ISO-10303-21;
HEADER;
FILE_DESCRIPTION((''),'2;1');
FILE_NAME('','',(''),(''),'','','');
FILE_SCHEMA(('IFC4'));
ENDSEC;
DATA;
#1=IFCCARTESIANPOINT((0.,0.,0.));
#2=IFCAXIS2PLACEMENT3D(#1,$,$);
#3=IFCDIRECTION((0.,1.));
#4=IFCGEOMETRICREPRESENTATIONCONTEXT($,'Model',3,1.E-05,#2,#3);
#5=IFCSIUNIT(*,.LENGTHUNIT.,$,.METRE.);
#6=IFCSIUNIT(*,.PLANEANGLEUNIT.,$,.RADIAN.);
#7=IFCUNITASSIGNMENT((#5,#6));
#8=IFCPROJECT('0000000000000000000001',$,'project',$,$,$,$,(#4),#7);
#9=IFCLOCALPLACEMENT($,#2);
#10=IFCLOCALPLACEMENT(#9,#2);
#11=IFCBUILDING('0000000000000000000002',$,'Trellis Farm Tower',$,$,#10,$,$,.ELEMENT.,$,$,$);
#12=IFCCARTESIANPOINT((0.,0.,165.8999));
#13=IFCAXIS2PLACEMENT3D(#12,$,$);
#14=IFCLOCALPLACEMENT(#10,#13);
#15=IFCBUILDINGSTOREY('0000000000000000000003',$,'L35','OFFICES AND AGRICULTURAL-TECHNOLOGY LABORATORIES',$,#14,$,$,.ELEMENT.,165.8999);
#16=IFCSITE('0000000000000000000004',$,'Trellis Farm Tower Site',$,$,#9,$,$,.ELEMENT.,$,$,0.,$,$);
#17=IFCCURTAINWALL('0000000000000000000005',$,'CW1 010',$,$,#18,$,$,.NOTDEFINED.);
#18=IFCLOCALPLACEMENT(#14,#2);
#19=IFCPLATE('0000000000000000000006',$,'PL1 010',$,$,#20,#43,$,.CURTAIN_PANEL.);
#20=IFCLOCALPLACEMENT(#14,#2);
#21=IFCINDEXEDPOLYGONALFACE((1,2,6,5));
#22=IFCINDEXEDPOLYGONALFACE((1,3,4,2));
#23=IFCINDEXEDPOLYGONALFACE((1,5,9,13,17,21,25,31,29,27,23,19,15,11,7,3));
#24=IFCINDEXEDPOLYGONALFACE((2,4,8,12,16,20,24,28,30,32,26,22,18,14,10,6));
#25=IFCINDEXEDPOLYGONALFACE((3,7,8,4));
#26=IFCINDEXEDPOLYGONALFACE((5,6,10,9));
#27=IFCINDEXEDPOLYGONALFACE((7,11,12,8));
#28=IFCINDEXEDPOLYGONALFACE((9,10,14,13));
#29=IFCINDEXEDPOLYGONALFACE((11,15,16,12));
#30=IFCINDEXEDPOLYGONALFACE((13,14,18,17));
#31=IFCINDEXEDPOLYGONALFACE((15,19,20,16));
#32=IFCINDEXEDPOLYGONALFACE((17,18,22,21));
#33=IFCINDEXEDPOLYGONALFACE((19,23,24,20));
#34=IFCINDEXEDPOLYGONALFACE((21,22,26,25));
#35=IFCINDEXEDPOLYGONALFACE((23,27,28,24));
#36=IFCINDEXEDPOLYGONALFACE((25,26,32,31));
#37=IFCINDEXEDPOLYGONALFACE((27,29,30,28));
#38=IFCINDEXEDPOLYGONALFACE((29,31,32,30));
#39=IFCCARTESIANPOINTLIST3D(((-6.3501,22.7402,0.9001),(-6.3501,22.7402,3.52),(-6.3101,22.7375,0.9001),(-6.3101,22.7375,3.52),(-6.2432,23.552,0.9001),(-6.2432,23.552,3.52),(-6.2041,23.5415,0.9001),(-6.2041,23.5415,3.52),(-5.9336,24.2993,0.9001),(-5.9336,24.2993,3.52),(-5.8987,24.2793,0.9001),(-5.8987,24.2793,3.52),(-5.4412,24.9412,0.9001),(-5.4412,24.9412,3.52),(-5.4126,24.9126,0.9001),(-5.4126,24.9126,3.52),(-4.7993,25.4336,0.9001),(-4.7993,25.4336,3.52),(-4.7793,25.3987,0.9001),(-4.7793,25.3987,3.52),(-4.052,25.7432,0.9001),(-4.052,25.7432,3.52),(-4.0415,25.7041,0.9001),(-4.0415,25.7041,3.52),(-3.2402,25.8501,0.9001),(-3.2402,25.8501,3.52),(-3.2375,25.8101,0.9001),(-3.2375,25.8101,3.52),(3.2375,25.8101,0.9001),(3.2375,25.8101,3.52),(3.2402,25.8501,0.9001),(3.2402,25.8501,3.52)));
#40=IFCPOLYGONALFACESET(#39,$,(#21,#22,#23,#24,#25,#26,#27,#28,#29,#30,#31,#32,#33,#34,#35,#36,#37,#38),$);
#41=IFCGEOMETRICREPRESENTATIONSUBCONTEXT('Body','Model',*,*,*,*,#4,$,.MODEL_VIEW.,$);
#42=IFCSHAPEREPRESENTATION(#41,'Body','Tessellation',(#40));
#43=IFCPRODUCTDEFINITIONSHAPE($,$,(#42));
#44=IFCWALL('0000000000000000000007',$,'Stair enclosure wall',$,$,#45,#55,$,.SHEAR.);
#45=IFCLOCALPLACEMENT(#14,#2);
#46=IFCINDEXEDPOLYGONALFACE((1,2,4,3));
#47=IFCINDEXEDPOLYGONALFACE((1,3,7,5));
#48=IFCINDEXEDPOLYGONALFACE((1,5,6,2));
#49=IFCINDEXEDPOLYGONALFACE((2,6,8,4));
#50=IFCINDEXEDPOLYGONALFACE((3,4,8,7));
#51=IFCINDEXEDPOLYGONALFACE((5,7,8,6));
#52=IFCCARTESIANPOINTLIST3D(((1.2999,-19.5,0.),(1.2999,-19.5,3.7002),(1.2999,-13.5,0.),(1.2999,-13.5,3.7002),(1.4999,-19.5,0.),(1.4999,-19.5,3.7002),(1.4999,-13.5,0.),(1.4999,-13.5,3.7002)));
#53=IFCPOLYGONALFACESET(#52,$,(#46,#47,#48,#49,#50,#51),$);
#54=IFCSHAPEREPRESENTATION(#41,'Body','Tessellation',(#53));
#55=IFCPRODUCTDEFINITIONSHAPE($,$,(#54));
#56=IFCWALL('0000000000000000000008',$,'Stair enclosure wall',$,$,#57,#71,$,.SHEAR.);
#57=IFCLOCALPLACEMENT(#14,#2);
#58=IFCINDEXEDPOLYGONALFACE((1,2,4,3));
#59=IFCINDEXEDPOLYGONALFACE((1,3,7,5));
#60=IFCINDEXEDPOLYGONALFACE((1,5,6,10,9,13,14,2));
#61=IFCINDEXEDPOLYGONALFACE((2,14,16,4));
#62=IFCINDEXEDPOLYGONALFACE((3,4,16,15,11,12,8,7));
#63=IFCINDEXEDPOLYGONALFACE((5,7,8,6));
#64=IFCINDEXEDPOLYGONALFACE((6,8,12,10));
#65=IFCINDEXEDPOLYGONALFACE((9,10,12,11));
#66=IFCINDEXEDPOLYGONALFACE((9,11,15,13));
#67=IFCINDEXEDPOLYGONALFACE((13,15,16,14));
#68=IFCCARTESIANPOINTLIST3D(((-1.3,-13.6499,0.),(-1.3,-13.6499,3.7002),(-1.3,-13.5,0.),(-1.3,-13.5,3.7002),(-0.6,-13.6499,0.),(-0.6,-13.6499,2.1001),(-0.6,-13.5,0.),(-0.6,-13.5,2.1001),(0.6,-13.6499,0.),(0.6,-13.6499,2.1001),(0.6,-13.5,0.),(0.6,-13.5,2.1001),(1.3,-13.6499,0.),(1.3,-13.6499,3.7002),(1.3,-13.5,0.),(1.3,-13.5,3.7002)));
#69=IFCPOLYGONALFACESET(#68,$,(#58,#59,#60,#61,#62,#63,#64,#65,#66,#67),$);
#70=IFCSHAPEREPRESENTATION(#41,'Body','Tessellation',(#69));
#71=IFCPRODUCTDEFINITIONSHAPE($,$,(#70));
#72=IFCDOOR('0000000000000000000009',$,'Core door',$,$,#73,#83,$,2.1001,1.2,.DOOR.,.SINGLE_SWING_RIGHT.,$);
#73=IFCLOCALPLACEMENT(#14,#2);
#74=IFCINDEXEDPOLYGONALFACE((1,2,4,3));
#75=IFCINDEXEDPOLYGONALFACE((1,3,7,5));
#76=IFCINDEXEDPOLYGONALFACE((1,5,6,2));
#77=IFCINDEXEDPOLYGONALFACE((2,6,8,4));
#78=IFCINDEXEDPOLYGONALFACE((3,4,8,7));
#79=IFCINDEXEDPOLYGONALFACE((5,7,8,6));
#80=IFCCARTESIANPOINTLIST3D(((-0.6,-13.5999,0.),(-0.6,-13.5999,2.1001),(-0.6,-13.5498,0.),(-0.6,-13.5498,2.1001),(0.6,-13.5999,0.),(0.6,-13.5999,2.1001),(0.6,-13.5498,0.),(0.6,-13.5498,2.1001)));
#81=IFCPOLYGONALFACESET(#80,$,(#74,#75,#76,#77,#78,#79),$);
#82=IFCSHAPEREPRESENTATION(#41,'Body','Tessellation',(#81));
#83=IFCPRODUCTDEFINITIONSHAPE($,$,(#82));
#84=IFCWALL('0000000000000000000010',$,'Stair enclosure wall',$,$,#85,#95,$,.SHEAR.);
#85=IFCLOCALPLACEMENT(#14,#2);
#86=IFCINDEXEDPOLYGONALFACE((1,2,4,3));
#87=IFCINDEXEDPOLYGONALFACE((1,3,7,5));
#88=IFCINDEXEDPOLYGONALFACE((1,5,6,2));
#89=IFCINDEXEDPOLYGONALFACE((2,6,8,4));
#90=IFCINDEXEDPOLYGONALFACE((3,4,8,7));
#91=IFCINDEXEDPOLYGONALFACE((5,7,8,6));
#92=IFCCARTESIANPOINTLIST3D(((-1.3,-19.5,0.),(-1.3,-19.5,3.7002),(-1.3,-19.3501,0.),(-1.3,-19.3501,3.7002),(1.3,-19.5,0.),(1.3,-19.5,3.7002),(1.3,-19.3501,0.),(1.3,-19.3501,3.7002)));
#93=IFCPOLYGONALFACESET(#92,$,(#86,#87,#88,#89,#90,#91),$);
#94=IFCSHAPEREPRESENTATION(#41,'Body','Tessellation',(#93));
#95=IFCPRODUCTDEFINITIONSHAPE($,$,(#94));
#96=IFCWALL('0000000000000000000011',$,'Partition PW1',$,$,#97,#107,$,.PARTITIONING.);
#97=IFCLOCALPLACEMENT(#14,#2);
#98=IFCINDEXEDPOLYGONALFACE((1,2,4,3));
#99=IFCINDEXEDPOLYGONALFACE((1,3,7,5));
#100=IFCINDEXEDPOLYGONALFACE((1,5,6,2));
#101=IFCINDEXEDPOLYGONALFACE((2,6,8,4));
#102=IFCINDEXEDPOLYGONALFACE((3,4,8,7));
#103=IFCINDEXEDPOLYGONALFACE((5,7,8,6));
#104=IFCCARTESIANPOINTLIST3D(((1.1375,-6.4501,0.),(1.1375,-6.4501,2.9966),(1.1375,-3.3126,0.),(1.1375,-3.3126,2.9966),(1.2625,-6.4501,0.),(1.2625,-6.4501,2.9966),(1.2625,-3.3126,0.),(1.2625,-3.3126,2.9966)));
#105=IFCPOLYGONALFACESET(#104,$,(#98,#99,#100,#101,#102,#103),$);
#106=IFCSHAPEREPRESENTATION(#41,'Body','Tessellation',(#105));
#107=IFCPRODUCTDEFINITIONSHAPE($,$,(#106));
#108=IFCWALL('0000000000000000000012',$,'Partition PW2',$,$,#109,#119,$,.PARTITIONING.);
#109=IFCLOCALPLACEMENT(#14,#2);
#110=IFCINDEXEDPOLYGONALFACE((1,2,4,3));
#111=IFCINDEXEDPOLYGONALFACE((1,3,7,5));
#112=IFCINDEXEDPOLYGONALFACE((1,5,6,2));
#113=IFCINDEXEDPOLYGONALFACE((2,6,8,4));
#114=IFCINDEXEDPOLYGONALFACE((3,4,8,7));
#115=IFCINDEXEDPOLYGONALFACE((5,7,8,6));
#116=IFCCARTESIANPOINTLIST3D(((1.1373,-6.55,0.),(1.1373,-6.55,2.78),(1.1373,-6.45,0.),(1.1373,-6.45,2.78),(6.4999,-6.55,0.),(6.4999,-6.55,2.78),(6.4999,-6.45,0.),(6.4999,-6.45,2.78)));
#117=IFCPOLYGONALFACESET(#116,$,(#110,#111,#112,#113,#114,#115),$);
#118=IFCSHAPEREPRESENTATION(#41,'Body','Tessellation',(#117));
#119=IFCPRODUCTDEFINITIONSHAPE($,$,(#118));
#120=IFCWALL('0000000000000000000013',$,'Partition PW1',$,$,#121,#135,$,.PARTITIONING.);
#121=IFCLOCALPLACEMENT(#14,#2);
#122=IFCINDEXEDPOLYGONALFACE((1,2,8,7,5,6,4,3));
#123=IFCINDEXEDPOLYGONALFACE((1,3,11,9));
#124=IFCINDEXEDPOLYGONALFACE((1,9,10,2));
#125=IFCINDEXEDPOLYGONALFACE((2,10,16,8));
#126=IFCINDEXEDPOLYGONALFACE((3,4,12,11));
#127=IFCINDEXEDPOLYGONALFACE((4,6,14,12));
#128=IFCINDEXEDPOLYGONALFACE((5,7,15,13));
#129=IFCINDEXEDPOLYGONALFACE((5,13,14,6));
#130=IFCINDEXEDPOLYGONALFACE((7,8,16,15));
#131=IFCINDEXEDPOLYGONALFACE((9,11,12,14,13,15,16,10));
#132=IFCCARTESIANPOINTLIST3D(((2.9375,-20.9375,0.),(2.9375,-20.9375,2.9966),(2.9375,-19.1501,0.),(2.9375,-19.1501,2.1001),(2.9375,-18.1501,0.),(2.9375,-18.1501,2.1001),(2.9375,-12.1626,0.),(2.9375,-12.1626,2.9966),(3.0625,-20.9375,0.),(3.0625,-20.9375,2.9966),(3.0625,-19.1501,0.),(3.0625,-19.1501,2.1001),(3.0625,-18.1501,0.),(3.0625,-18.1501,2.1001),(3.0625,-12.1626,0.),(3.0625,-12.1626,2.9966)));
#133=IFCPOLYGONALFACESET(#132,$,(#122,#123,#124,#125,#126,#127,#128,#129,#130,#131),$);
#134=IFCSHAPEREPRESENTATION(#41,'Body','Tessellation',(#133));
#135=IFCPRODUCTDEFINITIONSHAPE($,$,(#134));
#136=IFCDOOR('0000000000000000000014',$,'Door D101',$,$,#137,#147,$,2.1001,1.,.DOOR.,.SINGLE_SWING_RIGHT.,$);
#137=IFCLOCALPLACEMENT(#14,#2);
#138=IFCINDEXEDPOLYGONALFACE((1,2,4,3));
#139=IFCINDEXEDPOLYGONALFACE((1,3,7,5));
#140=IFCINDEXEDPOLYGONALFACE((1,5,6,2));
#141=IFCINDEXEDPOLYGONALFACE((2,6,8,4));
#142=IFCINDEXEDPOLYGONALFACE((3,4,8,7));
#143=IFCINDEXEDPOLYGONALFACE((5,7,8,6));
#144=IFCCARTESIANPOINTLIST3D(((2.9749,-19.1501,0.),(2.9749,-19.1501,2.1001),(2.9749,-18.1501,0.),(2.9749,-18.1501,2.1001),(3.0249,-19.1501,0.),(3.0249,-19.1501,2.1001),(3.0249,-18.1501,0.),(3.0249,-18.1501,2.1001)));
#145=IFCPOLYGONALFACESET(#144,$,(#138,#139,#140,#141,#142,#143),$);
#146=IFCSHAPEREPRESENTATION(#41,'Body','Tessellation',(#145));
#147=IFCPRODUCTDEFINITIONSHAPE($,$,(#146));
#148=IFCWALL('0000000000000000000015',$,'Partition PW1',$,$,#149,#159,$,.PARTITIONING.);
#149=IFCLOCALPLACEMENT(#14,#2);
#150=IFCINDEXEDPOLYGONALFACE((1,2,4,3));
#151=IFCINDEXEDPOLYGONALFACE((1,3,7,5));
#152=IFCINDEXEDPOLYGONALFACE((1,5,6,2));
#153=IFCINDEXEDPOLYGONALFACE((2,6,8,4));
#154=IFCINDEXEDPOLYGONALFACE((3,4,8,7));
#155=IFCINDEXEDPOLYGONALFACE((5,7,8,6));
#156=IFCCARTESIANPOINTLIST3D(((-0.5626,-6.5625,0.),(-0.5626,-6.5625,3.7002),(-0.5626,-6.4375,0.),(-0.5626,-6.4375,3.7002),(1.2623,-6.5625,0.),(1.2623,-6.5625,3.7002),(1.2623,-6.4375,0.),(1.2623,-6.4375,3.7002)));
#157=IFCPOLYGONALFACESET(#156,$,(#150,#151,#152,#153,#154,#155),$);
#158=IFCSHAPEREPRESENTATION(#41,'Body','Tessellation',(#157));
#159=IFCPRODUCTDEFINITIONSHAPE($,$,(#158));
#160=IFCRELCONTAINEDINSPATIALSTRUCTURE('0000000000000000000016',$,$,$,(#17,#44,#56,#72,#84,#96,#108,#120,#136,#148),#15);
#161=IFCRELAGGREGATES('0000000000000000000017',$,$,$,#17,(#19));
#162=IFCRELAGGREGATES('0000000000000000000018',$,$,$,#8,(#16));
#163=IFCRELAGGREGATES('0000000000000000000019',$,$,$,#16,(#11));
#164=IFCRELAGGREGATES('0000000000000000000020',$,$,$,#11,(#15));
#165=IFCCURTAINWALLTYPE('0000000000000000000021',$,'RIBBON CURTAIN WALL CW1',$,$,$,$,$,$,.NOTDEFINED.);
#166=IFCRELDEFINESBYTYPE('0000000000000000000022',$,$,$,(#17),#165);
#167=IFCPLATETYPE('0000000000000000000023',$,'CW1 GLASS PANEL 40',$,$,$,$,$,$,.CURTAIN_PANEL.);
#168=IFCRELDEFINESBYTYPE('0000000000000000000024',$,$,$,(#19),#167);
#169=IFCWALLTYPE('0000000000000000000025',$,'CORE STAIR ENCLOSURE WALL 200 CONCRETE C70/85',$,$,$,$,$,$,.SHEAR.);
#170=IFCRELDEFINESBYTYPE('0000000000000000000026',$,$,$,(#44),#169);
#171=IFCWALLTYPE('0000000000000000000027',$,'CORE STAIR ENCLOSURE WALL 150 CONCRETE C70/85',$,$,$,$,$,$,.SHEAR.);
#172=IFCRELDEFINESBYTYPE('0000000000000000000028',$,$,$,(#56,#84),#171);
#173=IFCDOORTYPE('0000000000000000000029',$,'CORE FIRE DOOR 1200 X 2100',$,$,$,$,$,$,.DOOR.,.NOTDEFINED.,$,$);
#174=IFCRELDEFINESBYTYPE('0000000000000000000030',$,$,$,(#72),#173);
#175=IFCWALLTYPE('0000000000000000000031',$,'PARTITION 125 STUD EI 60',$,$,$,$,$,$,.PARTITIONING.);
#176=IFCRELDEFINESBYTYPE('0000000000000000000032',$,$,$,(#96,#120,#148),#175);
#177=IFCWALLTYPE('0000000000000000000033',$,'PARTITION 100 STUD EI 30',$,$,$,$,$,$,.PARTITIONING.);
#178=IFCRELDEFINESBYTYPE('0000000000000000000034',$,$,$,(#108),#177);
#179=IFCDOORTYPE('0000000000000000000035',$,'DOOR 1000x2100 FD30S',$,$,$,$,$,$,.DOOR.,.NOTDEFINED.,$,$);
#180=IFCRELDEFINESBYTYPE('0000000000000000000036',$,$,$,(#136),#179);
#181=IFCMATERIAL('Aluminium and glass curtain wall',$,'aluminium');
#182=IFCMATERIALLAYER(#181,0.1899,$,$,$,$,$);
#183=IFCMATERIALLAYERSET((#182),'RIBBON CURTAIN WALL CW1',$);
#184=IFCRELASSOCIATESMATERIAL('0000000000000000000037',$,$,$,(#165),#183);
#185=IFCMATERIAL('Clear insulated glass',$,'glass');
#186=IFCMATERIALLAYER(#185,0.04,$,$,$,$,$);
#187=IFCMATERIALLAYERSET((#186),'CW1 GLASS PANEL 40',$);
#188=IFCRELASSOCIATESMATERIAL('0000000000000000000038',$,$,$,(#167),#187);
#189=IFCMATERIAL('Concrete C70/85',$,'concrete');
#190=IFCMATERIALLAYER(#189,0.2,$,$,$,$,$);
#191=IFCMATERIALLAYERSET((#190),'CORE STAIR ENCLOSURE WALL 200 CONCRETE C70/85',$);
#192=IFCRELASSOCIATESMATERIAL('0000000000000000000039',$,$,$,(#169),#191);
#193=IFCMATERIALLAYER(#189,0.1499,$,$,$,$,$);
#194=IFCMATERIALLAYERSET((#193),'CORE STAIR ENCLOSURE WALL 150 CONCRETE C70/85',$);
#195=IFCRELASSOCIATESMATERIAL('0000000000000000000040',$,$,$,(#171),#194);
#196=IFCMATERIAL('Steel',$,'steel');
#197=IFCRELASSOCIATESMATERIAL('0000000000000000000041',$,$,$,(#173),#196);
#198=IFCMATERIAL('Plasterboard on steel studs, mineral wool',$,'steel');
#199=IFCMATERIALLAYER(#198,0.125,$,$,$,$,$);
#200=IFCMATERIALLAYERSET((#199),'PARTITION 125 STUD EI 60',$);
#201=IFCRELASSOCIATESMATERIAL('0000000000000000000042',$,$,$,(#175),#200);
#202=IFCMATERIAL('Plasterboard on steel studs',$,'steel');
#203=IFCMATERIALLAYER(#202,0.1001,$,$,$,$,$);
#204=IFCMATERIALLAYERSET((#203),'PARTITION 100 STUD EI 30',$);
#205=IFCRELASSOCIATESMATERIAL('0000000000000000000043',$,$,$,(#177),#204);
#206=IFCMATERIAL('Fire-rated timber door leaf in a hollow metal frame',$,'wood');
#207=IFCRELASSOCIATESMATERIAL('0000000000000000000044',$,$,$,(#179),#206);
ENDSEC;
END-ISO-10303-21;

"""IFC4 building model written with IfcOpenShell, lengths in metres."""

from ifc_helpers import new_model, si_unit, direction, frame, frame_2d, origin, place, context, subcontext, project, spatial, polyline, rectangle, outline, extrude, source, transform, mapped, material, layer, layer_set, type_object, element, fill, aggregate, save


model = new_model("IFC4")

# Units and contexts
model_context = context("Model", 3, precision=1e-05, world=origin(), true_north=direction((0.0, 1.0)))
body_context = subcontext(model_context, "Body", "Model", "MODEL_VIEW")
ifc_project = project(units=[si_unit("LENGTHUNIT", "METRE"), si_unit("PLANEANGLEUNIT", "RADIAN")], contexts=[model_context])

# Site, building, storey
site_placement = place(None, origin())
site = spatial("IfcSite", under=ifc_project, at=site_placement, Name="Trellis Farm Tower Site", CompositionType="ELEMENT", RefElevation=0.0)
building_placement = place(site_placement, origin())
building = spatial("IfcBuilding", under=site, at=building_placement, Name="Trellis Farm Tower", CompositionType="ELEMENT")
storey_placement = place(building_placement, frame((0.0, 0.0, 165.8999)))
storey = spatial("IfcBuildingStorey", under=building, at=storey_placement, Name="L35", Description="OFFICES AND AGRICULTURAL-TECHNOLOGY LABORATORIES", CompositionType="ELEMENT", Elevation=165.8999)

# Shared definitions
ifc_material_1 = material(Name="Concrete C70/85", Category="concrete")

# Shared definitions
ifc_material_2 = material(Name="Aluminium and glass curtain wall", Category="aluminium")
ifc_layer_1 = layer(ifc_material_2, 0.1899)
ifc_layer_set_1 = layer_set([ifc_layer_1], Name="RIBBON CURTAIN WALL CW1")
curtain_wall_type_1 = type_object("IfcCurtainWallType", Name="RIBBON CURTAIN WALL CW1", PredefinedType="NOTDEFINED", material=ifc_layer_set_1)
placement_1 = place(storey_placement, origin())

# Shared definitions
ifc_material_3 = material(Name="Clear insulated glass", Category="glass")
ifc_layer_2 = layer(ifc_material_3, 0.04)
ifc_layer_set_2 = layer_set([ifc_layer_2], Name="CW1 GLASS PANEL 40")
plate_type_1 = type_object("IfcPlateType", Name="CW1 GLASS PANEL 40", PredefinedType="CURTAIN_PANEL", material=ifc_layer_set_2)
placement_2 = place(storey_placement, frame((0.0, 0.0, 0.9001)))

# Curtain wall, plate
curtain_wall_1 = element("IfcCurtainWall", 1, at=placement_1, inside=storey, type_object=curtain_wall_type_1, Name="CW1 010", PredefinedType="NOTDEFINED")
shared_shape_1 = source(origin(), body_context, "Body", "SweptSolid", [
    extrude(outline(polyline([(3.2402, 25.8501), (-3.2402, 25.8501), (-4.052, 25.7432), (-4.7993, 25.4336), (-5.4412, 24.9412), (-5.9336, 24.2993), (-6.2432, 23.552), (-6.3501, 22.7402), (-6.3101, 22.7375), (-6.2041, 23.5415), (-5.8987, 24.2793), (-5.4126, 24.9126), (-4.7793, 25.3987), (-4.0415, 25.7041), (-3.2375, 25.8101), (3.2375, 25.8101), (3.2402, 25.8501)])), origin(), (0.0, 0.0, 1.0), 2.6199),
])
plate_1 = element("IfcPlate", 2, at=placement_2, type_object=plate_type_1, Name="PL1 010", PredefinedType="CURTAIN_PANEL", context=body_context, shape_type="MappedRepresentation", body=[
    mapped(shared_shape_1, transform((0.0, 0.0, 0.0))),
])
aggregate(curtain_wall_1, [plate_1])

# Wall
ifc_layer_3 = layer(ifc_material_1, 0.2)
ifc_layer_set_3 = layer_set([ifc_layer_3], Name="CORE STAIR ENCLOSURE WALL 200 CONCRETE C70/85")
wall_type_1 = type_object("IfcWallType", Name="CORE STAIR ENCLOSURE WALL 200 CONCRETE C70/85", PredefinedType="SHEAR", material=ifc_layer_set_3)
shared_shape_2 = source(origin(), body_context, "Body", "SweptSolid", [
    extrude(rectangle(XDim=6.0, YDim=0.2, at=frame_2d((3.0, 0.0))), origin(), (0.0, 0.0, 1.0), 3.7002),
])
wall_1_placement = place(storey_placement, frame((1.3999, -13.5, 0.0), z_axis=(0.0, 0.0, 1.0), x_axis=(0.0, -1.0, 0.0)))
element("IfcWall", 3, at=wall_1_placement, inside=storey, type_object=wall_type_1, Name="Stair enclosure wall", PredefinedType="SHEAR", context=body_context, shape_type="MappedRepresentation", body=[
    mapped(shared_shape_2, transform((0.0, 0.0, 0.0))),
])

# Wall, opening, door
ifc_layer_4 = layer(ifc_material_1, 0.1499)
ifc_layer_set_4 = layer_set([ifc_layer_4], Name="CORE STAIR ENCLOSURE WALL 150 CONCRETE C70/85")
wall_type_2 = type_object("IfcWallType", Name="CORE STAIR ENCLOSURE WALL 150 CONCRETE C70/85", PredefinedType="SHEAR", material=ifc_layer_set_4)
shared_shape_3 = source(origin(), body_context, "Body", "SweptSolid", [
    extrude(rectangle(XDim=2.6001, YDim=0.1499, at=frame_2d((1.3, 0.0))), origin(), (0.0, 0.0, 1.0), 3.7002),
])
wall_2_placement = place(storey_placement, frame((1.3, -13.575, 0.0), z_axis=(0.0, 0.0, 1.0), x_axis=(-1.0, 0.0, 0.0)))
wall_2 = element("IfcWall", 4, at=wall_2_placement, inside=storey, type_object=wall_type_2, Name="Stair enclosure wall", PredefinedType="SHEAR", context=body_context, shape_type="MappedRepresentation", body=[
    mapped(shared_shape_3, transform((0.0, 0.0, 0.0))),
])
shared_shape_4 = source(origin(), body_context, "Body", "SweptSolid", [
    extrude(rectangle(XDim=1.2, YDim=2.1001, at=frame_2d((0.6001, 1.05))), frame((0.0, 0.085, 0.0), z_axis=(0.0, -1.0, 0.0), x_axis=(1.0, 0.0, 0.0)), (0.0, 0.0, 1.0), 0.1699),
])
opening_1_placement = place(wall_2_placement, frame((0.7, 0.0, 0.0)))
opening_1 = element("IfcOpeningElement", 5, at=opening_1_placement, cuts=wall_2, PredefinedType="OPENING", context=body_context, shape_type="MappedRepresentation", body=[
    mapped(shared_shape_4, transform((0.0, 0.0, 0.0))),
])
ifc_material_4 = material(Name="Steel", Category="steel")
door_type_1 = type_object("IfcDoorType", Name="CORE FIRE DOOR 1200 X 2100", OperationType="NOTDEFINED", PredefinedType="DOOR", material=ifc_material_4)
shared_shape_5 = source(origin(), body_context, "Body", "SweptSolid", [
    extrude(rectangle(XDim=1.2, YDim=2.1001, at=frame_2d((0.6001, 1.05))), frame((0.0, 0.0249, 0.0), z_axis=(0.0, -1.0, 0.0), x_axis=(1.0, 0.0, 0.0)), (0.0, 0.0, 1.0), 0.05),
])
door_1_placement = place(opening_1_placement, origin())
door_1 = element("IfcDoor", 6, at=door_1_placement, inside=storey, type_object=door_type_1, Name="Core door", OperationType="SINGLE_SWING_RIGHT", OverallHeight=2.1001, OverallWidth=1.2, PredefinedType="DOOR", context=body_context, shape_type="MappedRepresentation", body=[
    mapped(shared_shape_5, transform((0.0, 0.0, 0.0))),
])
fill(opening_1, door_1)

# Walls
wall_3_placement = place(storey_placement, frame((1.3, -19.425, 0.0), z_axis=(0.0, 0.0, 1.0), x_axis=(-1.0, 0.0, 0.0)))
element("IfcWall", 7, at=wall_3_placement, inside=storey, type_object=wall_type_2, Name="Stair enclosure wall", PredefinedType="SHEAR", context=body_context, shape_type="MappedRepresentation", body=[
    mapped(shared_shape_3, transform((0.0, 0.0, 0.0))),
])
ifc_material_5 = material(Name="Plasterboard on steel studs, mineral wool", Category="steel")
ifc_layer_5 = layer(ifc_material_5, 0.125)
ifc_layer_set_5 = layer_set([ifc_layer_5], Name="PARTITION 125 STUD EI 60")
wall_type_3 = type_object("IfcWallType", Name="PARTITION 125 STUD EI 60", PredefinedType="PARTITIONING", material=ifc_layer_set_5)
shared_shape_6 = source(origin(), body_context, "Body", "SweptSolid", [
    extrude(rectangle(XDim=3.1375, YDim=0.125, at=frame_2d((1.5688, 0.0))), origin(), (0.0, 0.0, 1.0), 2.9966),
])
wall_4_placement = place(storey_placement, frame((1.2, -3.3125, 0.0), z_axis=(0.0, 0.0, 1.0), x_axis=(0.0, -1.0, 0.0)))
element("IfcWall", 8, at=wall_4_placement, inside=storey, type_object=wall_type_3, Name="Partition PW1", PredefinedType="PARTITIONING", context=body_context, shape_type="MappedRepresentation", body=[
    mapped(shared_shape_6, transform((0.0, 0.0, 0.0))),
])
ifc_material_6 = material(Name="Plasterboard on steel studs", Category="steel")
ifc_layer_6 = layer(ifc_material_6, 0.1001)
ifc_layer_set_6 = layer_set([ifc_layer_6], Name="PARTITION 100 STUD EI 30")
wall_type_4 = type_object("IfcWallType", Name="PARTITION 100 STUD EI 30", PredefinedType="PARTITIONING", material=ifc_layer_set_6)
shared_shape_7 = source(origin(), body_context, "Body", "SweptSolid", [
    extrude(rectangle(XDim=5.3625, YDim=0.1001, at=frame_2d((2.6812, 0.0))), origin(), (0.0, 0.0, 1.0), 2.78),
])
wall_5_placement = place(storey_placement, frame((1.1375, -6.5, 0.0), z_axis=(0.0, 0.0, 1.0), x_axis=(1.0, 0.0, 0.0)))
element("IfcWall", 9, at=wall_5_placement, inside=storey, type_object=wall_type_4, Name="Partition PW2", PredefinedType="PARTITIONING", context=body_context, shape_type="MappedRepresentation", body=[
    mapped(shared_shape_7, transform((0.0, 0.0, 0.0))),
])

# Wall, opening, door
shared_shape_8 = source(origin(), body_context, "Body", "SweptSolid", [
    extrude(rectangle(XDim=8.7749, YDim=0.125, at=frame_2d((4.3875, 0.0))), origin(), (0.0, 0.0, 1.0), 2.9966),
])
wall_6_placement = place(storey_placement, frame((3.0, -12.1626, 0.0), z_axis=(0.0, 0.0, 1.0), x_axis=(0.0, -1.0, 0.0)))
wall_6 = element("IfcWall", 10, at=wall_6_placement, inside=storey, type_object=wall_type_3, Name="Partition PW1", PredefinedType="PARTITIONING", context=body_context, shape_type="MappedRepresentation", body=[
    mapped(shared_shape_8, transform((0.0, 0.0, 0.0))),
])
shared_shape_9 = source(origin(), body_context, "Body", "SweptSolid", [
    extrude(rectangle(XDim=1.0, YDim=2.1001, at=frame_2d((0.5, 1.05))), frame((0.0, 0.0725, 0.0), z_axis=(0.0, -1.0, 0.0), x_axis=(1.0, 0.0, 0.0)), (0.0, 0.0, 1.0), 0.145),
])
opening_2_placement = place(wall_6_placement, frame((5.9875, 0.0, 0.0)))
opening_2 = element("IfcOpeningElement", 11, at=opening_2_placement, cuts=wall_6, PredefinedType="OPENING", context=body_context, shape_type="MappedRepresentation", body=[
    mapped(shared_shape_9, transform((0.0, 0.0, 0.0))),
])
ifc_material_7 = material(Name="Fire-rated timber door leaf in a hollow metal frame", Category="wood")
door_type_2 = type_object("IfcDoorType", Name="DOOR 1000x2100 FD30S", OperationType="NOTDEFINED", PredefinedType="DOOR", material=ifc_material_7)
shared_shape_10 = source(origin(), body_context, "Body", "SweptSolid", [
    extrude(rectangle(XDim=1.0, YDim=2.1001, at=frame_2d((0.5, 1.05))), frame((0.0, 0.0249, 0.0), z_axis=(0.0, -1.0, 0.0), x_axis=(1.0, 0.0, 0.0)), (0.0, 0.0, 1.0), 0.05),
])
door_2_placement = place(opening_2_placement, origin())
door_2 = element("IfcDoor", 12, at=door_2_placement, inside=storey, type_object=door_type_2, Name="Door D101", OperationType="SINGLE_SWING_RIGHT", OverallHeight=2.1001, OverallWidth=1.0, PredefinedType="DOOR", context=body_context, shape_type="MappedRepresentation", body=[
    mapped(shared_shape_10, transform((0.0, 0.0, 0.0))),
])
fill(opening_2, door_2)

# Wall
shared_shape_11 = source(origin(), body_context, "Body", "SweptSolid", [
    extrude(rectangle(XDim=1.825, YDim=0.125, at=frame_2d((0.9126, 0.0))), origin(), (0.0, 0.0, 1.0), 3.7002),
])
wall_7_placement = place(storey_placement, frame((1.2625, -6.5, 0.0), z_axis=(0.0, 0.0, 1.0), x_axis=(-1.0, 0.0, 0.0)))
element("IfcWall", 13, at=wall_7_placement, inside=storey, type_object=wall_type_3, Name="Partition PW1", PredefinedType="PARTITIONING", context=body_context, shape_type="MappedRepresentation", body=[
    mapped(shared_shape_11, transform((0.0, 0.0, 0.0))),
])

save(model, "model.ifc")
